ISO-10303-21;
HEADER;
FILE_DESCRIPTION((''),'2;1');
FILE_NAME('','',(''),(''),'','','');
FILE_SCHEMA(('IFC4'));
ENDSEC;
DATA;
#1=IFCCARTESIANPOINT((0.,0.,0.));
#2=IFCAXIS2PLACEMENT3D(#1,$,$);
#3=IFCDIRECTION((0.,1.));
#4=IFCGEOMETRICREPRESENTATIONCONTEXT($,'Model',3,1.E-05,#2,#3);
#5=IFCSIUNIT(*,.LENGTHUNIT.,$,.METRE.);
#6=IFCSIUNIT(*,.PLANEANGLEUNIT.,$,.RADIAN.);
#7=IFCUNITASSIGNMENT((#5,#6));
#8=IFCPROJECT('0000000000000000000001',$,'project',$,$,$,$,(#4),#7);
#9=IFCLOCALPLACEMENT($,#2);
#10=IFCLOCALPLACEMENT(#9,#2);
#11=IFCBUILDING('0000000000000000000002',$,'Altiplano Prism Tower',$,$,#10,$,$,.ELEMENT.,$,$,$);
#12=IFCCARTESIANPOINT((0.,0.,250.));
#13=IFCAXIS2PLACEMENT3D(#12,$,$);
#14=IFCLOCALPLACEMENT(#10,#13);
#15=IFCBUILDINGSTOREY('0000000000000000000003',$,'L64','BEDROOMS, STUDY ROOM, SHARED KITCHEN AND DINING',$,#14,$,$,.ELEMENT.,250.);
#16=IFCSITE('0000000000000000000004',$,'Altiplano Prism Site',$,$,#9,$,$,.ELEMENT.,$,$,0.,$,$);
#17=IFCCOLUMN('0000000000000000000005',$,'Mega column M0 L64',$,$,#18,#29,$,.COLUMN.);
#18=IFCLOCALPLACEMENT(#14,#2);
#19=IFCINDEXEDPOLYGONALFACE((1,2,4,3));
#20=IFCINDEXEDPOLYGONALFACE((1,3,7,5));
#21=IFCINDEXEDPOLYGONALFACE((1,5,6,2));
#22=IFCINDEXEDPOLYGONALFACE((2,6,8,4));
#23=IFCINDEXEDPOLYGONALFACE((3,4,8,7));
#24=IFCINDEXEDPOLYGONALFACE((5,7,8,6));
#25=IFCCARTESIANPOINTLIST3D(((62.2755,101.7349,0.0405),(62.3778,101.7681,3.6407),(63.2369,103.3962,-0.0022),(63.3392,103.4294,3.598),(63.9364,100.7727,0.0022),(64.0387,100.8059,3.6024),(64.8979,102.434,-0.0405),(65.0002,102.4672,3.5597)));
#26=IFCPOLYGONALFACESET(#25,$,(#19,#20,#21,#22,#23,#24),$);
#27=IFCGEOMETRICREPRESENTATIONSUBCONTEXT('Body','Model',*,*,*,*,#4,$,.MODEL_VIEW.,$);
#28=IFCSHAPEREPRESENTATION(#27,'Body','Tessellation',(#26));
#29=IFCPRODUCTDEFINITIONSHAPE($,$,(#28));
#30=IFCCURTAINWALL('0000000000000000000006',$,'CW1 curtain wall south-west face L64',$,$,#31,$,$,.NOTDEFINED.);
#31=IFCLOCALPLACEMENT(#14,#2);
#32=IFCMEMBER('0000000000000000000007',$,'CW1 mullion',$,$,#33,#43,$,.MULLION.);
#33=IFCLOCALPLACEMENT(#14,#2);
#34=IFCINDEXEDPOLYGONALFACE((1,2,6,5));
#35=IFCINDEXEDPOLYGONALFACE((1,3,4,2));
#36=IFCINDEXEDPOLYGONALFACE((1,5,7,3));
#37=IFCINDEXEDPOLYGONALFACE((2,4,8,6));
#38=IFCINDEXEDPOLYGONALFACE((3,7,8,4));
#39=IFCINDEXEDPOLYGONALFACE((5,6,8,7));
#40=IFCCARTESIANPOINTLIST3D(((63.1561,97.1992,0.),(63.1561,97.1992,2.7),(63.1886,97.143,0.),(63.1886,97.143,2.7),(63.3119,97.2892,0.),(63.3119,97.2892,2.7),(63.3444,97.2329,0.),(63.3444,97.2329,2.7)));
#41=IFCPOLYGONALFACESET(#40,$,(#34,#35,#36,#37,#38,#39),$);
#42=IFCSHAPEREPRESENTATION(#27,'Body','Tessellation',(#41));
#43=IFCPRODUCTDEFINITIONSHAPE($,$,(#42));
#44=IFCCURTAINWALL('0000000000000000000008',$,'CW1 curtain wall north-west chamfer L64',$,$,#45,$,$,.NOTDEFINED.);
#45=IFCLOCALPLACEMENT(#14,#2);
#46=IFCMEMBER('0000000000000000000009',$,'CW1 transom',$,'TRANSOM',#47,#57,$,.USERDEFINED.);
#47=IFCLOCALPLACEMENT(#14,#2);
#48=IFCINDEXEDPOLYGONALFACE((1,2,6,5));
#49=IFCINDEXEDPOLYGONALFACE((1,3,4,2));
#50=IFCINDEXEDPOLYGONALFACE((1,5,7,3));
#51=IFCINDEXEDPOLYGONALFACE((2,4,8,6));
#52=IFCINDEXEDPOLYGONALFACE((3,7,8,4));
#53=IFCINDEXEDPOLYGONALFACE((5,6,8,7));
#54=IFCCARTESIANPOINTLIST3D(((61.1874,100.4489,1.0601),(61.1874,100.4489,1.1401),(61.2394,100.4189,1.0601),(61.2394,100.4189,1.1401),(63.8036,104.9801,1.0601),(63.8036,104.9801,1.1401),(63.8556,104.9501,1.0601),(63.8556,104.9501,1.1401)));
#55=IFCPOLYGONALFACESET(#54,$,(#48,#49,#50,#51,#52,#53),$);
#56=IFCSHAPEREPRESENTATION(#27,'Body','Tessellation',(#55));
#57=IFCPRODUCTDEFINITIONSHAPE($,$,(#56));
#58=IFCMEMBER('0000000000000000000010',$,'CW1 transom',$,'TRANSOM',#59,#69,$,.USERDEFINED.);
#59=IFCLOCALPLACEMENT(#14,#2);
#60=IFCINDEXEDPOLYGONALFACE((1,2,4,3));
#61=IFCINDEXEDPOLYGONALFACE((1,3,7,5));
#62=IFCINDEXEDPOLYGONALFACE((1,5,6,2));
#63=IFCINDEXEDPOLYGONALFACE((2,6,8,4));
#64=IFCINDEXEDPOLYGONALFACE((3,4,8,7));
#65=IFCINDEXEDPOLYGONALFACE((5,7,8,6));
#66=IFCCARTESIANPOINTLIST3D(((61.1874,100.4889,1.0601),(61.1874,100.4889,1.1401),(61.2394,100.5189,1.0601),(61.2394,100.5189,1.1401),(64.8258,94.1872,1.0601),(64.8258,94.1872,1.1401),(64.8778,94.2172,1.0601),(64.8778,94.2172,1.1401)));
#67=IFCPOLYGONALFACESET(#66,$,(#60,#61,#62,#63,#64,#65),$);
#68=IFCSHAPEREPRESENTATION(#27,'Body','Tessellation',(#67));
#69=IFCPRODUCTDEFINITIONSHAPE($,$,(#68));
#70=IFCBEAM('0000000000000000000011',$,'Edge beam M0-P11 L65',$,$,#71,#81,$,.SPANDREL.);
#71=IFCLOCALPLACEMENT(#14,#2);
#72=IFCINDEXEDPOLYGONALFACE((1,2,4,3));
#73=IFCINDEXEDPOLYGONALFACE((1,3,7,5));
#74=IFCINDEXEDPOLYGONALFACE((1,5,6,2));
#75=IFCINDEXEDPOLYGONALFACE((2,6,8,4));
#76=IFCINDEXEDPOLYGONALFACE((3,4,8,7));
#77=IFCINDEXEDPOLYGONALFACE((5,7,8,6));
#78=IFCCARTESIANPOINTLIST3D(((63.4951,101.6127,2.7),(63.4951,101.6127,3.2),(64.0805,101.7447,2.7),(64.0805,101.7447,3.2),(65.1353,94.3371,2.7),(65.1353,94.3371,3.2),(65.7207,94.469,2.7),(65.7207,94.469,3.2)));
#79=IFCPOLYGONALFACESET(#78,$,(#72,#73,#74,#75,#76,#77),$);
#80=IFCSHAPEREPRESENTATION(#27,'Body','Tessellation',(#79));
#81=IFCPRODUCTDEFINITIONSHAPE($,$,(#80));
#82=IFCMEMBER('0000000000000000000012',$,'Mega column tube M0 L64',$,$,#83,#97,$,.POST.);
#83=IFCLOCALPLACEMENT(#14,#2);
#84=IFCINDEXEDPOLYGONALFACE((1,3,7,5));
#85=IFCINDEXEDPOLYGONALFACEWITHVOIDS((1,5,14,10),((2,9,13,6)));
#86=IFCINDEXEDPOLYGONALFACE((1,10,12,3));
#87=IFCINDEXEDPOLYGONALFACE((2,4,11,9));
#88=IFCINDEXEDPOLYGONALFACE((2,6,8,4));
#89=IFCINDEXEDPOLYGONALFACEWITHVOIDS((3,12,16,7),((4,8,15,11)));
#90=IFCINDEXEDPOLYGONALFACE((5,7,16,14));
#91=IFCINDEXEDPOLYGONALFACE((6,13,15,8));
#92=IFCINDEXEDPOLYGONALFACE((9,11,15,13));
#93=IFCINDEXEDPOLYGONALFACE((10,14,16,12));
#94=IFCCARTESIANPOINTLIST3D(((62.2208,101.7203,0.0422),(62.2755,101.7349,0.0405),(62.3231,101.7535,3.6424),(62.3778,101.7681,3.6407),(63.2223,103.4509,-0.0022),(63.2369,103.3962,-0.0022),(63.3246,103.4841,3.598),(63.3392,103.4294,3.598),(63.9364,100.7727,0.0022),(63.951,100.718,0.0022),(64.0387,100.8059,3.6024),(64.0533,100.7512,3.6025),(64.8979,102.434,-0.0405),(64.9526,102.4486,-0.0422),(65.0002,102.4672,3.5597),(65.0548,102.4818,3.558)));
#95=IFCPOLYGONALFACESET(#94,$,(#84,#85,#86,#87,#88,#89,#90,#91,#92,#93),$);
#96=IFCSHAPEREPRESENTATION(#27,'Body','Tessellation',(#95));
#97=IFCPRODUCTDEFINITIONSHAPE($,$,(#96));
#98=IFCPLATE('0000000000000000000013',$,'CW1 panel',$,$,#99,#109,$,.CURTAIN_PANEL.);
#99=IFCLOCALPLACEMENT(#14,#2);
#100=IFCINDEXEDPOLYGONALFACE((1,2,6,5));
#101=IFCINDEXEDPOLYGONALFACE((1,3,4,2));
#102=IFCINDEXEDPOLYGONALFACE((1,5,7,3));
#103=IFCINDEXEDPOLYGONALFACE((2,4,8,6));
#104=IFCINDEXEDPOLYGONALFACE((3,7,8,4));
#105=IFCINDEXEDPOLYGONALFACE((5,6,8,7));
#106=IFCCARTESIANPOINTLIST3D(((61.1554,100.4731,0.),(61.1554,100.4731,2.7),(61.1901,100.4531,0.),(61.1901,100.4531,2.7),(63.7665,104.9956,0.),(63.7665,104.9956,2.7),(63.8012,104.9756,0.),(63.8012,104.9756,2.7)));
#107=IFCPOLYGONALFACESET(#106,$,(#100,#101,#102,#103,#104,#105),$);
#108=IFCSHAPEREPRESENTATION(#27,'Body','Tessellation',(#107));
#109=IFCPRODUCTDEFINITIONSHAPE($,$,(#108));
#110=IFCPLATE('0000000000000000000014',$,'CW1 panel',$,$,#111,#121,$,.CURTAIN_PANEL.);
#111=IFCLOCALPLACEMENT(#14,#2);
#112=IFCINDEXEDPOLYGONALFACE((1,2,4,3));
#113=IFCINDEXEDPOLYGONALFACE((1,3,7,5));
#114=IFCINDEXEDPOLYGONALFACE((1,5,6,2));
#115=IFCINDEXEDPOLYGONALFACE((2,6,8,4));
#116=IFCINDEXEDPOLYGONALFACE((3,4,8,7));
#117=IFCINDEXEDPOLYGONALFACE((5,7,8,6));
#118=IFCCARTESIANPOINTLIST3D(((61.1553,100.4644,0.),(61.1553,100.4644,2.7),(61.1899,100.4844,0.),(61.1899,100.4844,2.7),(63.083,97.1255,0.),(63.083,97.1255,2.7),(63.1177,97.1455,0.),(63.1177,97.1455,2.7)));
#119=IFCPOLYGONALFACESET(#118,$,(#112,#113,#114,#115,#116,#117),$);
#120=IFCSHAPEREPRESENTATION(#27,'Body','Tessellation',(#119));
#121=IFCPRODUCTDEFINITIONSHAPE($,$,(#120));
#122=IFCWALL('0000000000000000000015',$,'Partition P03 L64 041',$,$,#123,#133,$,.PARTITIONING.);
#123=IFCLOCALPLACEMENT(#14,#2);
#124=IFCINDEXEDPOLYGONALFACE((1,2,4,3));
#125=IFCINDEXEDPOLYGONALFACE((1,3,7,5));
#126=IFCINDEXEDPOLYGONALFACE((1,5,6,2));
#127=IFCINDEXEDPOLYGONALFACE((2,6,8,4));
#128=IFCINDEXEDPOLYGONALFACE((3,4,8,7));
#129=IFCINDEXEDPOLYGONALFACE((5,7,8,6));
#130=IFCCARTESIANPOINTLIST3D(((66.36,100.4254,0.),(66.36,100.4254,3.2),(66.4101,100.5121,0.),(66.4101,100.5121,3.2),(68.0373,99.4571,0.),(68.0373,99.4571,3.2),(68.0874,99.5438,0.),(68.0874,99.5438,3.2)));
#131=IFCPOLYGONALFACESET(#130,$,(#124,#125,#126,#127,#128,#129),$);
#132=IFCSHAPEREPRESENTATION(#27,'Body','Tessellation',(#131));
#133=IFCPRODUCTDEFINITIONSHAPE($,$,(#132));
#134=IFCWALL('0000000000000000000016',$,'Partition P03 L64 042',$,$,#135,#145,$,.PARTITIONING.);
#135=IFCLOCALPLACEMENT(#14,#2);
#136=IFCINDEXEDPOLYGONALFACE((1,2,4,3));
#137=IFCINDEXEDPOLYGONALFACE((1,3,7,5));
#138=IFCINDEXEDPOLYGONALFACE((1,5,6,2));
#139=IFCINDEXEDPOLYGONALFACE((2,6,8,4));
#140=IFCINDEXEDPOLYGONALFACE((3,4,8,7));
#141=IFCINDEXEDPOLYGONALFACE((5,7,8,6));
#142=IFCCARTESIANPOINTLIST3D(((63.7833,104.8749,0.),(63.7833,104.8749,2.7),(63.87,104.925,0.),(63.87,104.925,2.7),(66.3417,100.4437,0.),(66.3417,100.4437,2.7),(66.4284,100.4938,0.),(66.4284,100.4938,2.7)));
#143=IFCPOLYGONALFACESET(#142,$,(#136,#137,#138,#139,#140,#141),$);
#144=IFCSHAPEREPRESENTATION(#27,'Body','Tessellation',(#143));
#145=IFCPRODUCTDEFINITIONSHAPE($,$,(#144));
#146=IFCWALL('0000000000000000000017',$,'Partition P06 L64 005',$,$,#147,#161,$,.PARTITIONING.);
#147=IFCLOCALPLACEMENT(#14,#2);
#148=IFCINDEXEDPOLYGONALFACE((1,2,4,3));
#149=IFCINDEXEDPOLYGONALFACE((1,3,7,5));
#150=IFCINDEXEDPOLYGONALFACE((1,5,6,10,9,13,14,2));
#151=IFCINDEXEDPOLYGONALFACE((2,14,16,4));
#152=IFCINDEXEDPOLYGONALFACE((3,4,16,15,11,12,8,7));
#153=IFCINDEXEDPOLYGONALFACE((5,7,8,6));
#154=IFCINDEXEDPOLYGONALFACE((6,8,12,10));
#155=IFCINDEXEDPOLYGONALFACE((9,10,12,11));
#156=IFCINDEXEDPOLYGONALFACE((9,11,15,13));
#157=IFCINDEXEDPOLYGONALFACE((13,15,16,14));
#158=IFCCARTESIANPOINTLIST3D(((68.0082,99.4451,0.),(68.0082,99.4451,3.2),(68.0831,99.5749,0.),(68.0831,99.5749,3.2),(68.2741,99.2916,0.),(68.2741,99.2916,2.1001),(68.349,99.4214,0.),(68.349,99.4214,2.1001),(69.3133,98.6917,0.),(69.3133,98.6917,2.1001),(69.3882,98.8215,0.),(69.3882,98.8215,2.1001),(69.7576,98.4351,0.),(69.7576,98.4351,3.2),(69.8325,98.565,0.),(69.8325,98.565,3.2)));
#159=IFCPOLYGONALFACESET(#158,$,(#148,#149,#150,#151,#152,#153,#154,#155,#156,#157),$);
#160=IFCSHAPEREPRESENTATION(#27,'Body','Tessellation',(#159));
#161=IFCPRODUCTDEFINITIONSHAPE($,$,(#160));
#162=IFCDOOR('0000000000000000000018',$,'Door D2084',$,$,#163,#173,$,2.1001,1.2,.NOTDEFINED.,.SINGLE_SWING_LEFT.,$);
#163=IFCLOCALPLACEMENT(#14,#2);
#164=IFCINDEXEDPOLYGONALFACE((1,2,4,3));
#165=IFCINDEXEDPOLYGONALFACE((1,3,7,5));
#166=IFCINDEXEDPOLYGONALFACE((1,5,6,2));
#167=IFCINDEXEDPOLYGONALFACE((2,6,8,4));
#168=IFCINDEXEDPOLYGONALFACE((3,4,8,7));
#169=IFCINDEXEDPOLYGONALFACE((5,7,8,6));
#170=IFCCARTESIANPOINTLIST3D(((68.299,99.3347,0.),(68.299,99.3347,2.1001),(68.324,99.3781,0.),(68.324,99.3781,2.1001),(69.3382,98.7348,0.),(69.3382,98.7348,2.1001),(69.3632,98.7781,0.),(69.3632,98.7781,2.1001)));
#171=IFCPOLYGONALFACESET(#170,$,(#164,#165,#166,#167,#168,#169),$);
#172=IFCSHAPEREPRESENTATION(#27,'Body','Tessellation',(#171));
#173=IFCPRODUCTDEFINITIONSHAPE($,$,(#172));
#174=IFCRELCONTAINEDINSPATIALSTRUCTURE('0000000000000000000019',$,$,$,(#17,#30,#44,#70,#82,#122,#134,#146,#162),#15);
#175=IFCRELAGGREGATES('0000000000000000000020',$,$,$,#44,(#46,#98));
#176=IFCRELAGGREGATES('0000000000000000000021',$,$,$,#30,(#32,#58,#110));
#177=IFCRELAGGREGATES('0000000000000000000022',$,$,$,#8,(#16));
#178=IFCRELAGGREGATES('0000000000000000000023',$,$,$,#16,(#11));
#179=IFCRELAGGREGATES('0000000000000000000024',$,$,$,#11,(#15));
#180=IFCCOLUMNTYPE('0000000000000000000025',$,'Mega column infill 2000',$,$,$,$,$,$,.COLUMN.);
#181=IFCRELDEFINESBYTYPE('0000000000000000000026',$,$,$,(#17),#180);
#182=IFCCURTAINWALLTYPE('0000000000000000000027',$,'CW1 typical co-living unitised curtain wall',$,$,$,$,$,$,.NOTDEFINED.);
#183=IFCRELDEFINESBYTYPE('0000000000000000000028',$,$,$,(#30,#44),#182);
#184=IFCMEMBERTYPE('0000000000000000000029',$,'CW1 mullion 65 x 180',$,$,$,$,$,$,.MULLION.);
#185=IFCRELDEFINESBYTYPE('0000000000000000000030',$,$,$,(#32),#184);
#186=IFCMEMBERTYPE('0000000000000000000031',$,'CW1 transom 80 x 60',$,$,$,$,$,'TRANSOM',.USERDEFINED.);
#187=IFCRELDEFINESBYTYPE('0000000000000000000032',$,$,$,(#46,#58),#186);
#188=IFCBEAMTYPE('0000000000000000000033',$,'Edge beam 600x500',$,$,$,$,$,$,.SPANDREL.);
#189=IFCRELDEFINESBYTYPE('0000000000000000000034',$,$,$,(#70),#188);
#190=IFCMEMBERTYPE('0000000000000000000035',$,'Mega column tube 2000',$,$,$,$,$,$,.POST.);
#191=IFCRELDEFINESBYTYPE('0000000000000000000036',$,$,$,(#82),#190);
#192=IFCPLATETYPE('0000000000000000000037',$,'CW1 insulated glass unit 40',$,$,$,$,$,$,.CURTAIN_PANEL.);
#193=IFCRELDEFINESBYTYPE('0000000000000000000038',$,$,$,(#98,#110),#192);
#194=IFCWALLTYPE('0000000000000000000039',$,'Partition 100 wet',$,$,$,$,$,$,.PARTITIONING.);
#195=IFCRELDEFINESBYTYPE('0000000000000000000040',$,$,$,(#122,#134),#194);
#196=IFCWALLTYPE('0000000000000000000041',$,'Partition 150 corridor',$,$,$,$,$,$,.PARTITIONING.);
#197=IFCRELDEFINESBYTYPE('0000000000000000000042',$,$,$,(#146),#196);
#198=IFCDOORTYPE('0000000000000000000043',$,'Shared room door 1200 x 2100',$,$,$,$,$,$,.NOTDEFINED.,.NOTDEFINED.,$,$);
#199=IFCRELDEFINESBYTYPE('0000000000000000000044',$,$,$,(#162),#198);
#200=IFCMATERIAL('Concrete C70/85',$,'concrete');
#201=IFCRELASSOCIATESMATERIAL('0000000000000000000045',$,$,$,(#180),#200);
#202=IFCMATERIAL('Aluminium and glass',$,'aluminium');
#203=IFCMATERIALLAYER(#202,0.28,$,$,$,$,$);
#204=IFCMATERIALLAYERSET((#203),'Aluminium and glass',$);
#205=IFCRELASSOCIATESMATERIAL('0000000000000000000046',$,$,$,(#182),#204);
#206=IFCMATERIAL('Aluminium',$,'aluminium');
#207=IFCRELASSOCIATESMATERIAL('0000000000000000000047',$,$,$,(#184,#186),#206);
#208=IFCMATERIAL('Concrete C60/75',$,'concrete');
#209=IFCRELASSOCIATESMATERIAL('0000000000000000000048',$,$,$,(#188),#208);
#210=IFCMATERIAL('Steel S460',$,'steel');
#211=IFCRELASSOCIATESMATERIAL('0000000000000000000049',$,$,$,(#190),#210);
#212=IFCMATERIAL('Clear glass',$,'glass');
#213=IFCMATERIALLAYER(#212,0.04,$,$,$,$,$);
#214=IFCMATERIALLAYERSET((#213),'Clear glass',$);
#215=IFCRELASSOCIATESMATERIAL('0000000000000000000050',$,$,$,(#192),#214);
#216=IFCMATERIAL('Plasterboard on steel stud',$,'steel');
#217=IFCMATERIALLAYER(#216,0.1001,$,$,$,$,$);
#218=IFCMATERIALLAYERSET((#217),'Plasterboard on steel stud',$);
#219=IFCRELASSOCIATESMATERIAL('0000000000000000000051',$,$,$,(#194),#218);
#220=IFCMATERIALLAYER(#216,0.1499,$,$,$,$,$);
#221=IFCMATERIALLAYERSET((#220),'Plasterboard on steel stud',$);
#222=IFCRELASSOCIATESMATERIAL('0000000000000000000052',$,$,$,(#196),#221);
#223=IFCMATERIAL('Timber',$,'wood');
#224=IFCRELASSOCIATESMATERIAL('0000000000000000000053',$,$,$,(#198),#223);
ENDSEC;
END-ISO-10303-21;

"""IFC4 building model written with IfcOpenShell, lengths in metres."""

from ifc_helpers import new_model, si_unit, direction, frame, frame_2d, origin, origin_2d, place, context, subcontext, project, spatial, rectangle, hollow_rectangle, extrude, material, layer, layer_set, material_profile, profile_set, type_object, element, fill, aggregate, save


model = new_model("IFC4")

# Units and contexts
model_context = context("Model", 3, precision=1e-05, world=origin(), true_north=direction((0.0, 1.0)))
body_context = subcontext(model_context, "Body", "Model", "MODEL_VIEW")
ifc_project = project(units=[si_unit("LENGTHUNIT", "METRE"), si_unit("PLANEANGLEUNIT", "RADIAN")], contexts=[model_context])

# Site, building, storey
site_placement = place(None, origin())
site = spatial("IfcSite", under=ifc_project, at=site_placement, Name="Altiplano Prism Site", CompositionType="ELEMENT", RefElevation=0.0)
building_placement = place(site_placement, origin())
building = spatial("IfcBuilding", under=site, at=building_placement, Name="Altiplano Prism Tower", CompositionType="ELEMENT")
storey_placement = place(building_placement, frame((0.0, 0.0, 250.0)))
storey = spatial("IfcBuildingStorey", under=building, at=storey_placement, Name="L64", Description="BEDROOMS, STUDY ROOM, SHARED KITCHEN AND DINING", CompositionType="ELEMENT", Elevation=250.0)

# Column
ifc_material_1 = material(Name="Concrete C70/85", Category="concrete")
ifc_material_profile_1 = material_profile(ifc_material_1, rectangle(XDim=1.9199, YDim=1.9199, at=origin_2d()), Name="Mega column infill 2000")
ifc_profile_set_1 = profile_set([ifc_material_profile_1], Name="Concrete C70/85")
column_type = type_object("IfcColumnType", Name="Mega column infill 2000", PredefinedType="COLUMN", material=ifc_profile_set_1)
column_placement = place(storey_placement, frame((63.5867, 102.0845, 0.0), z_axis=(0.028402, 0.009219, 0.999554), x_axis=(-0.865119, 0.50117, 0.01996)))
element("IfcColumn", 1, at=column_placement, inside=storey, type_object=column_type, Name="Mega column M0 L64", PredefinedType="COLUMN", context=body_context, shape_type="SweptSolid", body=[
    extrude(rectangle(XDim=1.9199, YDim=1.9199, at=origin_2d()), origin(), (0.0, 0.0, 1.0), 3.6018),
])

# Curtain walls, members
ifc_material_2 = material(Name="Aluminium and glass", Category="aluminium")
ifc_layer_1 = layer(ifc_material_2, 0.28)
ifc_layer_set_1 = layer_set([ifc_layer_1], Name="Aluminium and glass")
curtain_wall_type = type_object("IfcCurtainWallType", Name="CW1 typical co-living unitised curtain wall", PredefinedType="NOTDEFINED", material=ifc_layer_set_1)
curtain_wall_1_placement = place(storey_placement, origin())
curtain_wall_1 = element("IfcCurtainWall", 2, at=curtain_wall_1_placement, inside=storey, type_object=curtain_wall_type, Name="CW1 curtain wall south-west face L64", PredefinedType="NOTDEFINED")
ifc_material_3 = material(Name="Aluminium", Category="aluminium")
ifc_material_profile_2 = material_profile(ifc_material_3, rectangle(XDim=0.1799, YDim=0.0649, at=origin_2d()), Name="CW1 mullion 65 x 180")
ifc_profile_set_2 = profile_set([ifc_material_profile_2], Name="Aluminium")
member_type_1 = type_object("IfcMemberType", Name="CW1 mullion 65 x 180", PredefinedType="MULLION", material=ifc_profile_set_2)
member_1_placement = place(storey_placement, frame((63.2502, 97.2161, 0.0), z_axis=(0.0, 0.0, 1.0), x_axis=(0.866025, 0.5, 0.0)))
member_1 = element("IfcMember", 3, at=member_1_placement, type_object=member_type_1, Name="CW1 mullion", PredefinedType="MULLION", context=body_context, shape_type="SweptSolid", body=[
    extrude(rectangle(XDim=0.1799, YDim=0.0649, at=origin_2d()), origin(), (0.0, 0.0, 1.0), 2.7),
])
curtain_wall_2_placement = place(storey_placement, origin())
curtain_wall_2 = element("IfcCurtainWall", 4, at=curtain_wall_2_placement, inside=storey, type_object=curtain_wall_type, Name="CW1 curtain wall north-west chamfer L64", PredefinedType="NOTDEFINED")
ifc_material_profile_3 = material_profile(ifc_material_3, rectangle(XDim=0.0601, YDim=0.0801, at=origin_2d()), Name="CW1 transom 80 x 60")
ifc_profile_set_3 = profile_set([ifc_material_profile_3], Name="Aluminium")
member_type_2 = type_object("IfcMemberType", Name="CW1 transom 80 x 60", ElementType="TRANSOM", PredefinedType="USERDEFINED", material=ifc_profile_set_3)
member_2_placement = place(storey_placement, frame((63.8296, 104.9651, 1.1001), z_axis=(-0.500013, -0.866018, 0.0), x_axis=(0.866018, -0.500013, 0.0)))
member_2 = element("IfcMember", 5, at=member_2_placement, type_object=member_type_2, Name="CW1 transom", ObjectType="TRANSOM", PredefinedType="USERDEFINED", context=body_context, shape_type="SweptSolid", body=[
    extrude(rectangle(XDim=0.0601, YDim=0.0801, at=origin_2d()), origin(), (0.0, 0.0, 1.0), 5.2322),
])

# Member
member_3_placement = place(storey_placement, frame((61.2134, 100.5039, 1.1001), z_axis=(0.500011, -0.866019, 0.0), x_axis=(0.866019, 0.500011, 0.0)))
member_3 = element("IfcMember", 6, at=member_3_placement, type_object=member_type_2, Name="CW1 transom", ObjectType="TRANSOM", PredefinedType="USERDEFINED", context=body_context, shape_type="SweptSolid", body=[
    extrude(rectangle(XDim=0.0601, YDim=0.0801, at=origin_2d()), origin(), (0.0, 0.0, 1.0), 7.2766),
])

# Beam
ifc_material_4 = material(Name="Concrete C60/75", Category="concrete")
ifc_material_profile_4 = material_profile(ifc_material_4, rectangle(XDim=0.6001, YDim=0.5, at=origin_2d()), Name="Edge beam 600x500")
ifc_profile_set_4 = profile_set([ifc_material_profile_4], Name="Concrete C60/75")
beam_type = type_object("IfcBeamType", Name="Edge beam 600x500", PredefinedType="SPANDREL", material=ifc_profile_set_4)
beam_placement = place(storey_placement, frame((63.7878, 101.6787, 2.95), z_axis=(0.21991, -0.97552, 0.0), x_axis=(0.97552, 0.21991, 0.0)))
element("IfcBeam", 7, at=beam_placement, inside=storey, type_object=beam_type, Name="Edge beam M0-P11 L65", PredefinedType="SPANDREL", context=body_context, shape_type="SweptSolid", body=[
    extrude(rectangle(XDim=0.6001, YDim=0.5, at=origin_2d()), origin(), (0.0, 0.0, 1.0), 7.4583),
])

# Member
ifc_material_5 = material(Name="Steel S460", Category="steel")
ifc_material_profile_5 = material_profile(ifc_material_5, hollow_rectangle(XDim=2.0, YDim=2.0, WallThickness=0.04, at=origin_2d()), Name="Mega column tube 2000")
ifc_profile_set_5 = profile_set([ifc_material_profile_5], Name="Steel S460")
member_type_3 = type_object("IfcMemberType", Name="Mega column tube 2000", PredefinedType="POST", material=ifc_profile_set_5)
member_4_placement = place(storey_placement, frame((63.5867, 102.0845, 0.0), z_axis=(0.028402, 0.009219, 0.999554), x_axis=(-0.865119, 0.50117, 0.01996)))
element("IfcMember", 8, at=member_4_placement, inside=storey, type_object=member_type_3, Name="Mega column tube M0 L64", PredefinedType="POST", context=body_context, shape_type="SweptSolid", body=[
    extrude(hollow_rectangle(XDim=2.0, YDim=2.0, WallThickness=0.04, at=origin_2d()), origin(), (0.0, 0.0, 1.0), 3.6018),
])

# Plates
ifc_material_6 = material(Name="Clear glass", Category="glass")
ifc_layer_2 = layer(ifc_material_6, 0.04)
ifc_layer_set_2 = layer_set([ifc_layer_2], Name="Clear glass")
plate_type = type_object("IfcPlateType", Name="CW1 insulated glass unit 40", PredefinedType="CURTAIN_PANEL", material=ifc_layer_set_2)
plate_1_placement = place(storey_placement, frame((62.4783, 102.7244, 0.0), z_axis=(0.0, 0.0, 1.0), x_axis=(-0.5, -0.866025, 0.0)))
plate_1 = element("IfcPlate", 9, at=plate_1_placement, type_object=plate_type, Name="CW1 panel", PredefinedType="CURTAIN_PANEL", context=body_context, shape_type="SweptSolid", body=[
    extrude(rectangle(XDim=5.2222, YDim=0.04, at=origin_2d()), origin(), (0.0, 0.0, 1.0), 2.7),
])
aggregate(curtain_wall_2, [member_2, plate_1])
plate_2_placement = place(storey_placement, frame((62.1365, 98.8049, 0.0), z_axis=(0.0, 0.0, 1.0), x_axis=(0.5, -0.866025, 0.0)))
plate_2 = element("IfcPlate", 10, at=plate_2_placement, type_object=plate_type, Name="CW1 panel", PredefinedType="CURTAIN_PANEL", context=body_context, shape_type="SweptSolid", body=[
    extrude(rectangle(XDim=3.8555, YDim=0.04, at=origin_2d()), origin(), (0.0, 0.0, 1.0), 2.7),
])
aggregate(curtain_wall_1, [member_1, member_3, plate_2])

# Walls
ifc_material_7 = material(Name="Plasterboard on steel stud", Category="steel")
ifc_layer_3 = layer(ifc_material_7, 0.1001)
ifc_layer_set_3 = layer_set([ifc_layer_3], Name="Plasterboard on steel stud")
wall_type_1 = type_object("IfcWallType", Name="Partition 100 wet", PredefinedType="PARTITIONING", material=ifc_layer_set_3)
wall_1_placement = place(storey_placement, frame((68.0623, 99.5005, 0.0), z_axis=(0.0, 0.0, 1.0), x_axis=(-0.866047, 0.499963, 0.0)))
element("IfcWall", 11, at=wall_1_placement, inside=storey, type_object=wall_type_1, Name="Partition P03 L64 041", PredefinedType="PARTITIONING", context=body_context, shape_type="SweptSolid", body=[
    extrude(rectangle(XDim=1.9368, YDim=0.1001, at=frame_2d((0.9683, 0.0))), origin(), (0.0, 0.0, 1.0), 3.2),
])
wall_2_placement = place(storey_placement, frame((66.385, 100.4688, 0.0), z_axis=(0.0, 0.0, 1.0), x_axis=(-0.500003, 0.866023, 0.0)))
element("IfcWall", 12, at=wall_2_placement, inside=storey, type_object=wall_type_1, Name="Partition P03 L64 042", PredefinedType="PARTITIONING", context=body_context, shape_type="SweptSolid", body=[
    extrude(rectangle(XDim=5.1167, YDim=0.1001, at=frame_2d((2.5583, 0.0))), origin(), (0.0, 0.0, 1.0), 2.7),
])

# Wall, opening, door
ifc_layer_4 = layer(ifc_material_7, 0.1499)
ifc_layer_set_4 = layer_set([ifc_layer_4], Name="Plasterboard on steel stud")
wall_type_2 = type_object("IfcWallType", Name="Partition 150 corridor", PredefinedType="PARTITIONING", material=ifc_layer_set_4)
wall_3_placement = place(storey_placement, frame((68.0457, 99.51, 0.0), z_axis=(0.0, 0.0, 1.0), x_axis=(0.866041, -0.499974, 0.0)))
wall_3 = element("IfcWall", 13, at=wall_3_placement, inside=storey, type_object=wall_type_2, Name="Partition P06 L64 005", PredefinedType="PARTITIONING", context=body_context, shape_type="SweptSolid", body=[
    extrude(rectangle(XDim=2.02, YDim=0.1499, at=frame_2d((1.01, 0.0))), origin(), (0.0, 0.0, 1.0), 3.2),
])
opening_placement = place(wall_3_placement, frame((0.3069, 0.0, 0.0)))
opening = element("IfcOpeningElement", 14, at=opening_placement, cuts=wall_3, PredefinedType="OPENING", context=body_context, shape_type="SweptSolid", body=[
    extrude(rectangle(XDim=1.2, YDim=2.1001, at=frame_2d((0.6001, 1.05))), frame((0.0, 0.0854, 0.0), z_axis=(0.0, -1.0, 0.0), x_axis=(1.0, 0.0, 0.0)), (0.0, 0.0, 1.0), 0.1709),
])
ifc_material_8 = material(Name="Timber", Category="wood")
door_type = type_object("IfcDoorType", Name="Shared room door 1200 x 2100", OperationType="NOTDEFINED", PredefinedType="NOTDEFINED", material=ifc_material_8)
door_placement = place(opening_placement, origin())
door = element("IfcDoor", 15, at=door_placement, inside=storey, type_object=door_type, Name="Door D2084", OperationType="SINGLE_SWING_LEFT", OverallHeight=2.1001, OverallWidth=1.2, PredefinedType="NOTDEFINED", context=body_context, shape_type="SweptSolid", body=[
    extrude(rectangle(XDim=1.2, YDim=2.1001, at=frame_2d((0.6001, 1.05))), frame((0.0, 0.0249, 0.0), z_axis=(0.0, -1.0, 0.0), x_axis=(1.0, 0.0, 0.0)), (0.0, 0.0, 1.0), 0.05),
])
fill(opening, door)

save(model, "model.ifc")
